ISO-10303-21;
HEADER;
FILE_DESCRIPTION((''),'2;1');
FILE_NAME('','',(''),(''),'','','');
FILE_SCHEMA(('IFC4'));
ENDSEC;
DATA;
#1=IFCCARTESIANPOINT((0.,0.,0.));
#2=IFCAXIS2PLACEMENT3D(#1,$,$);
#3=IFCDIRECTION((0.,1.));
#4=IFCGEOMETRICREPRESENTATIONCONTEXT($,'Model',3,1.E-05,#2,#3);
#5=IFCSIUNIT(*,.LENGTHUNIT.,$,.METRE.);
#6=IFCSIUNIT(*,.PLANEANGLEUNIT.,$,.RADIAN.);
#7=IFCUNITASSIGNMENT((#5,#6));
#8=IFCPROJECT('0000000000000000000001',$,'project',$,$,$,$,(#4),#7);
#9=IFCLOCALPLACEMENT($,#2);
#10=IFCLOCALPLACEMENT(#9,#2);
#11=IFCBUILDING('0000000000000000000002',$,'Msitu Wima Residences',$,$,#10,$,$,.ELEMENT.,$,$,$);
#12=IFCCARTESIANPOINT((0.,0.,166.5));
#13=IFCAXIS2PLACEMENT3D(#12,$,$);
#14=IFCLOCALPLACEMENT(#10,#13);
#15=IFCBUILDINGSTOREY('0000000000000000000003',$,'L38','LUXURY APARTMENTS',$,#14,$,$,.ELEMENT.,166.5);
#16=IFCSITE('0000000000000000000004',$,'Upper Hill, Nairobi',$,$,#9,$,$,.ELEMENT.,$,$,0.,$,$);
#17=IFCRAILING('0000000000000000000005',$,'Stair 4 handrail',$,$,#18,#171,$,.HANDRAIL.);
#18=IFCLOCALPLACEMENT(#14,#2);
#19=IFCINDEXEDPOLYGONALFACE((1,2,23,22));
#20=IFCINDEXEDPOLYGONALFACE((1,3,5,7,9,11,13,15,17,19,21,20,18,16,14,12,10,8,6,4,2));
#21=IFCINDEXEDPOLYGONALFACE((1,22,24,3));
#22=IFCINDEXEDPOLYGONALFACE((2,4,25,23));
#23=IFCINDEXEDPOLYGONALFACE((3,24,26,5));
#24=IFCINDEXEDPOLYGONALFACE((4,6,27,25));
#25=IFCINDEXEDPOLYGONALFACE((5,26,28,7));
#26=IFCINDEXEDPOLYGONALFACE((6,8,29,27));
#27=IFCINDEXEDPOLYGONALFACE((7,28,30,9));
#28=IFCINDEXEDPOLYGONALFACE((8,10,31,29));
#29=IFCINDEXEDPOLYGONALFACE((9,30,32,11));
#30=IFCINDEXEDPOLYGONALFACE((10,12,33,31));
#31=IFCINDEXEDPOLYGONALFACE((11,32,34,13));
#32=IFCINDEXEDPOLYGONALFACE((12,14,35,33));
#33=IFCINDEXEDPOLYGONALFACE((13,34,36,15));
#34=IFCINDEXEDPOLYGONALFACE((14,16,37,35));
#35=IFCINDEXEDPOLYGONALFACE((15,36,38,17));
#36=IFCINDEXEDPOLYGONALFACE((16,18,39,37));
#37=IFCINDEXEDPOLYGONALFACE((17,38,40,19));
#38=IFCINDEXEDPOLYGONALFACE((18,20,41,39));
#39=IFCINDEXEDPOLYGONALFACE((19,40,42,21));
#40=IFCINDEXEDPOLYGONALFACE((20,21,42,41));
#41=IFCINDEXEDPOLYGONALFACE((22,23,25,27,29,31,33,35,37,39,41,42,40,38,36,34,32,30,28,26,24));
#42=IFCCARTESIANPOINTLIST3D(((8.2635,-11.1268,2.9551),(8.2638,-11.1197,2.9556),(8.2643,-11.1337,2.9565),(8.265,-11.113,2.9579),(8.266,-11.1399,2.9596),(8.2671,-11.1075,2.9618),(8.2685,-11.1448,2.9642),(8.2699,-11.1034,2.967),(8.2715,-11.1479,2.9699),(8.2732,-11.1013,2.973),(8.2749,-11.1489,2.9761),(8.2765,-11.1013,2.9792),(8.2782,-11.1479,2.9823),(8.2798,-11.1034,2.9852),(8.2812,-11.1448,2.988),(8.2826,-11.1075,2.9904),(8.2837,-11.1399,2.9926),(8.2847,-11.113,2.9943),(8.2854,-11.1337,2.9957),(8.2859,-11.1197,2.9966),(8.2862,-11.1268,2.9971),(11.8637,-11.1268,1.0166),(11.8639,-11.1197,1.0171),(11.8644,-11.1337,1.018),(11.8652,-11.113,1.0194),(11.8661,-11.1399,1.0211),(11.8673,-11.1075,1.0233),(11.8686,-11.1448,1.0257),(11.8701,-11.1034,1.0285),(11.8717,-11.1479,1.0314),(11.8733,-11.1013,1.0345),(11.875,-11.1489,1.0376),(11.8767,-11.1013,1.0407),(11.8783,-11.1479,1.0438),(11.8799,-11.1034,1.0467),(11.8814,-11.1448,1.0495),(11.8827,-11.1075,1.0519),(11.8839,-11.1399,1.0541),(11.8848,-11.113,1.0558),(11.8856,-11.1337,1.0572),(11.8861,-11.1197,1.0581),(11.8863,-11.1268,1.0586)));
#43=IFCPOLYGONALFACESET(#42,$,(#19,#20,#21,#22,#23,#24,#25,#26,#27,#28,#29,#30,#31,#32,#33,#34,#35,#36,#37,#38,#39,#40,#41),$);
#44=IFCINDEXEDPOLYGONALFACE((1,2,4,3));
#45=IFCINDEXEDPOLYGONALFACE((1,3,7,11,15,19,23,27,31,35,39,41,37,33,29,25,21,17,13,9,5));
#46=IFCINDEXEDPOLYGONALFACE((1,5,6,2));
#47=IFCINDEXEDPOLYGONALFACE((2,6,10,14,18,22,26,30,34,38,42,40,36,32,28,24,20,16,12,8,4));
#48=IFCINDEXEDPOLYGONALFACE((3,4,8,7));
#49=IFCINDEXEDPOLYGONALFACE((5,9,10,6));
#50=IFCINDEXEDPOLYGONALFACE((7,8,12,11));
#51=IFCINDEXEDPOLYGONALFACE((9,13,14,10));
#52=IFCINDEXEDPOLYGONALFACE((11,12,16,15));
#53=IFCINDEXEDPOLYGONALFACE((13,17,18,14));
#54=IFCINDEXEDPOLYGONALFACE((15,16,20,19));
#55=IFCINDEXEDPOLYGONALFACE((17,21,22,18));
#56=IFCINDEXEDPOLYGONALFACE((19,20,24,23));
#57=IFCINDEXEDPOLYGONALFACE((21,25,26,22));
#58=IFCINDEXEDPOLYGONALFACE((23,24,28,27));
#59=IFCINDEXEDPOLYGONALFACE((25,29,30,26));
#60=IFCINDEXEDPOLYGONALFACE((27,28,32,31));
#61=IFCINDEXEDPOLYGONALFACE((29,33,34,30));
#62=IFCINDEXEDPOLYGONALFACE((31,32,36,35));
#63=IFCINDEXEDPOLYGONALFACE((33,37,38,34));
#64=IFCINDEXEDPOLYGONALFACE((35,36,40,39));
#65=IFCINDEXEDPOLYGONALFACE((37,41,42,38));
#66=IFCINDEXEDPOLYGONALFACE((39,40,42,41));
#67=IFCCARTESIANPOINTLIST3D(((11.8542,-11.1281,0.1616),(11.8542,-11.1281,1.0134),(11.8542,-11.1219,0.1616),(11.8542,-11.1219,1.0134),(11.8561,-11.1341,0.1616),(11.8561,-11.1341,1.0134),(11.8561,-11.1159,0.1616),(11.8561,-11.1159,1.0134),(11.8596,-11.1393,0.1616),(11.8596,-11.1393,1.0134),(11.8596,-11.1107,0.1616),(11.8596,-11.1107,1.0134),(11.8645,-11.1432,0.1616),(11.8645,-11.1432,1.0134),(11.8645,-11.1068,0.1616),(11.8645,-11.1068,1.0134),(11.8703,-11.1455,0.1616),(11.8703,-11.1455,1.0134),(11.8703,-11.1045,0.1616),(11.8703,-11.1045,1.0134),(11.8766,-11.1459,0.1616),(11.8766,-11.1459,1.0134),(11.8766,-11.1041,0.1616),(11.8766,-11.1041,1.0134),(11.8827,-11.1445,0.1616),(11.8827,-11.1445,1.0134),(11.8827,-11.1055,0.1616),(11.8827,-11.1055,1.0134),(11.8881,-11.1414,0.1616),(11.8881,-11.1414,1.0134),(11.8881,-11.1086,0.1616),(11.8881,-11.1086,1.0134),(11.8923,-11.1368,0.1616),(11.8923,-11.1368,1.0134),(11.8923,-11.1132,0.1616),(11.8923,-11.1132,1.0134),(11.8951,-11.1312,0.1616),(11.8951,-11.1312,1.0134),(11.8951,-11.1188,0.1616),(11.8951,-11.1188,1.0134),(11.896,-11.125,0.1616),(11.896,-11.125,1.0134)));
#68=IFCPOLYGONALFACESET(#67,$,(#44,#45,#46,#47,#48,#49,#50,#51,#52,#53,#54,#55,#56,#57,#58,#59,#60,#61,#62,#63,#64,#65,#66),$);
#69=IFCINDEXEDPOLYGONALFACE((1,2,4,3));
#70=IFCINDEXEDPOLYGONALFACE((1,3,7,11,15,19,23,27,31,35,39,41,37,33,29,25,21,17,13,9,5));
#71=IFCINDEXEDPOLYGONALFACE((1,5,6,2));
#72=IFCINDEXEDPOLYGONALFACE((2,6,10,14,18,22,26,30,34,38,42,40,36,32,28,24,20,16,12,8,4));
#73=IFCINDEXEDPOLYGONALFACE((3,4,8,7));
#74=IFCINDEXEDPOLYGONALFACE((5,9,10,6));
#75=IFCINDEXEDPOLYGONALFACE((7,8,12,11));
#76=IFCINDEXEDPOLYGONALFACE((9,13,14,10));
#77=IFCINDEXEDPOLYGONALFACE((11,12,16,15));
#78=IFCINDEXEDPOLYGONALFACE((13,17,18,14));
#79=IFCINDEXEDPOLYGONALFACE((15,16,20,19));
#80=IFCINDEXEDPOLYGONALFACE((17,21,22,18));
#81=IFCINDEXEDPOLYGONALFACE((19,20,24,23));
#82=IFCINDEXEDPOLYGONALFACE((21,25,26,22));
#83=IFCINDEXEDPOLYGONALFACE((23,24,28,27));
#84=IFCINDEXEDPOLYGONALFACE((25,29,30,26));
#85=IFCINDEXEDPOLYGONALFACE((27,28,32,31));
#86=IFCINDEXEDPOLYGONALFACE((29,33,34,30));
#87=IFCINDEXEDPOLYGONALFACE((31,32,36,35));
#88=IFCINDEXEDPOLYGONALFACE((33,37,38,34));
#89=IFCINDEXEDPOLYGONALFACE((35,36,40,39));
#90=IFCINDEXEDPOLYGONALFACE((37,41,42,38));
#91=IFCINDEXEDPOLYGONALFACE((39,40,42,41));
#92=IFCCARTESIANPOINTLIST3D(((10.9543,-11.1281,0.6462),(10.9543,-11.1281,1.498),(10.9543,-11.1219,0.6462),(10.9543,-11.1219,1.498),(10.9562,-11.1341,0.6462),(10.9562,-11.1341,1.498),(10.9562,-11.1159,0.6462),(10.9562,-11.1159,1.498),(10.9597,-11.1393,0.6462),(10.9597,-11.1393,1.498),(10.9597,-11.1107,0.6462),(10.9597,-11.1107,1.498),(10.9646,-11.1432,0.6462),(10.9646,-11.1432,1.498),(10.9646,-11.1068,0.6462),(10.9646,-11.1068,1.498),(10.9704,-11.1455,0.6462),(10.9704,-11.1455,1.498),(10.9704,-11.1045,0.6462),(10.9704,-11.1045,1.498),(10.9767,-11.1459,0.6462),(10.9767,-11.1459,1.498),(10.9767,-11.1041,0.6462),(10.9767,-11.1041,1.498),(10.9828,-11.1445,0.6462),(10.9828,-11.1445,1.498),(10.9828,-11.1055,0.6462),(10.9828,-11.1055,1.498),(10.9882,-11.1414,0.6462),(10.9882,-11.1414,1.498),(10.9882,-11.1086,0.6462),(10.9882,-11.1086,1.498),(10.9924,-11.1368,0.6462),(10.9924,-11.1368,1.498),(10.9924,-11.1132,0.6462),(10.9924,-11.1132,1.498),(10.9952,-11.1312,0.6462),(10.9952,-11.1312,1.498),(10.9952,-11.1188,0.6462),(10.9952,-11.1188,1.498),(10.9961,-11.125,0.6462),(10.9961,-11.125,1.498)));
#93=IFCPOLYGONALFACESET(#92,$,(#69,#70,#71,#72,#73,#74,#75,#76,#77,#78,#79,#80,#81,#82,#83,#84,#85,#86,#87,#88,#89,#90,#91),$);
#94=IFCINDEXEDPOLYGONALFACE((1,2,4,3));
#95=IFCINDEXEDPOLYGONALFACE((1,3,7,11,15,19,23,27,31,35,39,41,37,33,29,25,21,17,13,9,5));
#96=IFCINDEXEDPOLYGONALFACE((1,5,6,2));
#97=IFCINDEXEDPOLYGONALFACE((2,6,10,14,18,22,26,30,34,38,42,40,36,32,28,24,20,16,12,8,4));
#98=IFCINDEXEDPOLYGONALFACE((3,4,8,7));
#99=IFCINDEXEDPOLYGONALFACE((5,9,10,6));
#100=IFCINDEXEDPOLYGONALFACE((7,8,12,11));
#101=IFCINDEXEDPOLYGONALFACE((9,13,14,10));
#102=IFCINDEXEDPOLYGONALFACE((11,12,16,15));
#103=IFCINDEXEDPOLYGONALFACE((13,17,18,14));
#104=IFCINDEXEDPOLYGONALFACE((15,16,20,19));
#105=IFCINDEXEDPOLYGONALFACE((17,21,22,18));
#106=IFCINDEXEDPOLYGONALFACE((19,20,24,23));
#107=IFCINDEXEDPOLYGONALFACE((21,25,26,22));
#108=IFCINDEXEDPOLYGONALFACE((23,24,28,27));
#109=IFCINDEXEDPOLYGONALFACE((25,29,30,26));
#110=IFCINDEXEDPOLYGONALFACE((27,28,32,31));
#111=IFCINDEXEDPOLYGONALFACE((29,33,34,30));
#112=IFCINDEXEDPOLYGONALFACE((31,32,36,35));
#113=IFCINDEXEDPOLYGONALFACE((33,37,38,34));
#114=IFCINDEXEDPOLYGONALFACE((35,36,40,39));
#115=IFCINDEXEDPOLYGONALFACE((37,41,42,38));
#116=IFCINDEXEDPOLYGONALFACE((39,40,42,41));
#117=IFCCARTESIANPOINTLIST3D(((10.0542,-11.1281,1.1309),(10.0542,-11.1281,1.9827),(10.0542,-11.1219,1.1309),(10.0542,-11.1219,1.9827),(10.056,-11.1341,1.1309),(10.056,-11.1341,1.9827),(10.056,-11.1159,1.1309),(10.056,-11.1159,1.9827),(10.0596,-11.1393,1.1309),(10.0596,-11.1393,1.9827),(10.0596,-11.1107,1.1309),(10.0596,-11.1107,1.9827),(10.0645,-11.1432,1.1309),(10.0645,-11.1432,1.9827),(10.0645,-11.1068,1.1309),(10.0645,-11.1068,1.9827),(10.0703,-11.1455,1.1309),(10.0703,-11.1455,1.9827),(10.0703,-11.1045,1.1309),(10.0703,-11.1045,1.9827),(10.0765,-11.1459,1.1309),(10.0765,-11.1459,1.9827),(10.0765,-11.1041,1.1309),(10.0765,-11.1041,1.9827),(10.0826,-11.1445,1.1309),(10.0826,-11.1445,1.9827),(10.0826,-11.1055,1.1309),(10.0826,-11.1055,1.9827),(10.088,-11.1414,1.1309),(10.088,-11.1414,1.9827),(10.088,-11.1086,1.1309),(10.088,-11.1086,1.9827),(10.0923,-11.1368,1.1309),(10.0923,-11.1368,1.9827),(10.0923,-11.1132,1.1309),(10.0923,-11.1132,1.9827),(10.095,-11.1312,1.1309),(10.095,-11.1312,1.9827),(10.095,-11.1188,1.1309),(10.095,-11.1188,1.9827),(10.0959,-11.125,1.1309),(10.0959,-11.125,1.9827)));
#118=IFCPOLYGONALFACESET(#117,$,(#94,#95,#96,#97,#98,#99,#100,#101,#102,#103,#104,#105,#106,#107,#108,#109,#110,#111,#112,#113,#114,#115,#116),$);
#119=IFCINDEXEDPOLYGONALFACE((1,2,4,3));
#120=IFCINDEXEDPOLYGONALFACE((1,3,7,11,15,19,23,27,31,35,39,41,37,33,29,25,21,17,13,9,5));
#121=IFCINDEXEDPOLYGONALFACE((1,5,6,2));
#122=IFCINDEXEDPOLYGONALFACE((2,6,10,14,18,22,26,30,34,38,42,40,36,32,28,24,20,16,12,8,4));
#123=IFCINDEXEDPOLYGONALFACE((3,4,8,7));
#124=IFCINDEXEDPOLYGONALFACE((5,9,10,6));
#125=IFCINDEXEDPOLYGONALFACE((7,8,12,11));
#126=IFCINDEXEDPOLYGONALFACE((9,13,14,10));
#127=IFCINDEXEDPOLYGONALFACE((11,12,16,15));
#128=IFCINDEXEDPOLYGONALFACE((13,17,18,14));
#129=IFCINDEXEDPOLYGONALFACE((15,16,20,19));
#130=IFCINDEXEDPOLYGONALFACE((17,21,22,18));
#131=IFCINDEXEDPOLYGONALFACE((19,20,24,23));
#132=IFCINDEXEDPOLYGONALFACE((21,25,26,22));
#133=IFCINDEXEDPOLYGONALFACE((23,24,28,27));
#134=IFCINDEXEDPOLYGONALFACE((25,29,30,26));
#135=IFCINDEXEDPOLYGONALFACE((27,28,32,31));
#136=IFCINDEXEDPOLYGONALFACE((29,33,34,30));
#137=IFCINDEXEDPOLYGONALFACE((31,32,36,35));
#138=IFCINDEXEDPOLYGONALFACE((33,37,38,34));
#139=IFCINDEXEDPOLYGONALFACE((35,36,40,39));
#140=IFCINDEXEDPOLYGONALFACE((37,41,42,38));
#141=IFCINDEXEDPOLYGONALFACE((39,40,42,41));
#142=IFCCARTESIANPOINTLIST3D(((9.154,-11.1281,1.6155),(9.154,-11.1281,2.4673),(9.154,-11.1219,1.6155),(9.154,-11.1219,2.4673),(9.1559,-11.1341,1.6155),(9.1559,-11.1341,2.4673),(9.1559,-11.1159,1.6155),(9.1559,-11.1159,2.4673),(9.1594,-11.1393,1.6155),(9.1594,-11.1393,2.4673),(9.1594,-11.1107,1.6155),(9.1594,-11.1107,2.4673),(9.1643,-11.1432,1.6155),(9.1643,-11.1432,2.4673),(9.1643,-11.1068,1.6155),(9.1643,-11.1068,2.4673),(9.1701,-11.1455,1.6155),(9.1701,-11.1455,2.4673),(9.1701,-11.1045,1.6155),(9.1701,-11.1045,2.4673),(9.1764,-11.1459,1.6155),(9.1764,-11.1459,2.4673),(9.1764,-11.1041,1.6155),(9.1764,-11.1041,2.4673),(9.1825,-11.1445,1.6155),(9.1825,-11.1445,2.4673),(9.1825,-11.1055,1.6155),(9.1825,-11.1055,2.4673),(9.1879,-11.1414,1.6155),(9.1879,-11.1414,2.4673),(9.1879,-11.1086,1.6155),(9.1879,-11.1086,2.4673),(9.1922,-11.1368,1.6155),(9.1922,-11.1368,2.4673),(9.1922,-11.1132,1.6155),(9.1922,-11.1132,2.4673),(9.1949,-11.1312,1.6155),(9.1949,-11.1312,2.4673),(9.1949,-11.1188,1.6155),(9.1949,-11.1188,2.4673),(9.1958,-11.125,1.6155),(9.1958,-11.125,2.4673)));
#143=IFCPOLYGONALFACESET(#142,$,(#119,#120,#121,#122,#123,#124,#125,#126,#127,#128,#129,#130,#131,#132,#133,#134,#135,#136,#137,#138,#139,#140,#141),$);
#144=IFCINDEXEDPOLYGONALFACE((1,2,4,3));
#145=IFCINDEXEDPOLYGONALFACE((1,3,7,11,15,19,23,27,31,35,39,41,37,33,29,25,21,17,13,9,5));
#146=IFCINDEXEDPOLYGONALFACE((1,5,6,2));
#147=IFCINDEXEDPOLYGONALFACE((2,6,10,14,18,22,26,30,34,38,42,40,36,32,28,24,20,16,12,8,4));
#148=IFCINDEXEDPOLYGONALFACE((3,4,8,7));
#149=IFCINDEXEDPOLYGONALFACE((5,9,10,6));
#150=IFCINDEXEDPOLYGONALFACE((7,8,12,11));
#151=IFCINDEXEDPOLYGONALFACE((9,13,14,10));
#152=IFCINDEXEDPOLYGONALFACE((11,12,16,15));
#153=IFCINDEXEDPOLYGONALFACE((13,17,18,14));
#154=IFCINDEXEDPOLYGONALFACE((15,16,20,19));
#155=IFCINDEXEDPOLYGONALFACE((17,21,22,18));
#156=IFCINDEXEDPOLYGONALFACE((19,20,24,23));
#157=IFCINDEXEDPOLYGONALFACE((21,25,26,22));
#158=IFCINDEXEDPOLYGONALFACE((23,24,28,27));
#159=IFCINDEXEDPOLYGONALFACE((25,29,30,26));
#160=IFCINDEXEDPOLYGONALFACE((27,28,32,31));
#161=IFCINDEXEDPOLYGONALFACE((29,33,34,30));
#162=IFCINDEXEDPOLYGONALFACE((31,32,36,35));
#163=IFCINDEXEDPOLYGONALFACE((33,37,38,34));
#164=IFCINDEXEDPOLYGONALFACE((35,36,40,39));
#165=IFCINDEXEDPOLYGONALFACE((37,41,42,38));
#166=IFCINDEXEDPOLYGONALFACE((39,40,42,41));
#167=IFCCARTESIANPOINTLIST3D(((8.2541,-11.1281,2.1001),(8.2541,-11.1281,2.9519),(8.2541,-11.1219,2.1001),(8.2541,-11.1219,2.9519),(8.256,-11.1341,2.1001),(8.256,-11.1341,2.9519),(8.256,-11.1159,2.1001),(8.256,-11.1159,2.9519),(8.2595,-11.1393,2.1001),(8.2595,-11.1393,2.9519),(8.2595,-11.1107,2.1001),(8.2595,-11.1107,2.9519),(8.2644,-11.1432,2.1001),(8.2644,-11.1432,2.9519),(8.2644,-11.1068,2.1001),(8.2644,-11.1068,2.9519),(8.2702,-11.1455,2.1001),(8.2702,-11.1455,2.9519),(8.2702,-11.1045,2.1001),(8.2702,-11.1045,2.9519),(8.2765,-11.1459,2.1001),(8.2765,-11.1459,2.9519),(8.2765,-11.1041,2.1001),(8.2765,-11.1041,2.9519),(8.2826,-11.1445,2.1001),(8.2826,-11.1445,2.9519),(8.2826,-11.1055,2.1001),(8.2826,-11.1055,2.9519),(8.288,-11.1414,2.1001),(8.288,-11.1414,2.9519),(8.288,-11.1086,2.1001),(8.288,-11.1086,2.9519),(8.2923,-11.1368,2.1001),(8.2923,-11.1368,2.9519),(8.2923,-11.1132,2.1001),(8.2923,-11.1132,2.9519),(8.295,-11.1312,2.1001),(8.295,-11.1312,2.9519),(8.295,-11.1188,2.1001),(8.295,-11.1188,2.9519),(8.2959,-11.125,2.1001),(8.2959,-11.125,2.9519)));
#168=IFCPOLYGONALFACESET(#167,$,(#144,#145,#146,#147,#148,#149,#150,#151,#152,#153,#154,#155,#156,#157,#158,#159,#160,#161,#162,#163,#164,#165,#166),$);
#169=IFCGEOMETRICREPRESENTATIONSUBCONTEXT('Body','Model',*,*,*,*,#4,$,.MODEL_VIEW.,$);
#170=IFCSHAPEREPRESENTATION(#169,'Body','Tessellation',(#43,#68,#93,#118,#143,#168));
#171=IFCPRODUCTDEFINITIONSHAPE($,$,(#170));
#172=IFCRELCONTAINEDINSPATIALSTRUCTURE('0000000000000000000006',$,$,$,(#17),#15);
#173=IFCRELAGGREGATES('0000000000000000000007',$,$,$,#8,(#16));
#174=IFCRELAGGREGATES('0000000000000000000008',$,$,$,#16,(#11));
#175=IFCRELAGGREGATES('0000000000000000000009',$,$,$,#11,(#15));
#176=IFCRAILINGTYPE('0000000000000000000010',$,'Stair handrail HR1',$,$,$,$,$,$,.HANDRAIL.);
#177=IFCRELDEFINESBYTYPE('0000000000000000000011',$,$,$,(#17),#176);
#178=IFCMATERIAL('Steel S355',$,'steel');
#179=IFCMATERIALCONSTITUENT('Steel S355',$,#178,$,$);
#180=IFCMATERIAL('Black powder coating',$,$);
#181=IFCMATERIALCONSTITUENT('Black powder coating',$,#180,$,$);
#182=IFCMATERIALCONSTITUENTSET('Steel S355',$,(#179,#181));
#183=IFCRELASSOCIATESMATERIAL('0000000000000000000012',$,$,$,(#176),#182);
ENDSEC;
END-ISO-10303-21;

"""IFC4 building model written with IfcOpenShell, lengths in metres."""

from ifc_helpers import new_model, si_unit, direction, frame, origin, origin_2d, place, context, subcontext, project, spatial, circle, extrude, material, constituent, constituent_set, type_object, element, save


model = new_model("IFC4")

# Units and contexts
model_context = context("Model", 3, precision=1e-05, world=origin(), true_north=direction((0.0, 1.0)))
body_context = subcontext(model_context, "Body", "Model", "MODEL_VIEW")
ifc_project = project(units=[si_unit("LENGTHUNIT", "METRE"), si_unit("PLANEANGLEUNIT", "RADIAN")], contexts=[model_context])

# Site, building, storey
site_placement = place(None, origin())
site = spatial("IfcSite", under=ifc_project, at=site_placement, Name="Upper Hill, Nairobi", CompositionType="ELEMENT", RefElevation=0.0)
building_placement = place(site_placement, origin())
building = spatial("IfcBuilding", under=site, at=building_placement, Name="Msitu Wima Residences", CompositionType="ELEMENT")
storey_placement = place(building_placement, frame((0.0, 0.0, 166.5)))
storey = spatial("IfcBuildingStorey", under=building, at=storey_placement, Name="L38", Description="LUXURY APARTMENTS", CompositionType="ELEMENT", Elevation=166.5)

# Railing
ifc_material_1 = material(Name="Steel S355", Category="steel")
ifc_constituent_1 = constituent(ifc_material_1, Name="Steel S355")
ifc_material_2 = material(Name="Black powder coating")
ifc_constituent_2 = constituent(ifc_material_2, Name="Black powder coating")
ifc_constituent_set = constituent_set(constituents=[ifc_constituent_1, ifc_constituent_2], Name="Steel S355")
railing_type = type_object("IfcRailingType", Name="Stair handrail HR1", PredefinedType="HANDRAIL", material=ifc_constituent_set)
for number, where, name in (
    (1, (11.875, -11.125, 0.1616), "Stair 4 handrail"),
):
    element("IfcRailing", number, at=place(storey_placement, frame(where)), inside=storey, type_object=railing_type, Name=name, PredefinedType="HANDRAIL", context=body_context, shape_type="SweptSolid", body=[
        extrude(circle(Radius=0.0239, at=origin_2d()), frame((0.0, 0.0, 0.876), z_axis=(-0.880475, 0.0, 0.474093), x_axis=(0.0, -1.0, 0.0)), (0.0, 0.0, 1.0), 4.0889),
        extrude(circle(Radius=0.021, at=origin_2d()), origin(), (0.0, 0.0, 1.0), 0.8518),
        extrude(circle(Radius=0.021, at=origin_2d()), frame((-0.8999, 0.0, 0.4846)), (0.0, 0.0, 1.0), 0.8518),
        extrude(circle(Radius=0.021, at=origin_2d()), frame((-1.8, 0.0, 0.9692)), (0.0, 0.0, 1.0), 0.8518),
        extrude(circle(Radius=0.021, at=origin_2d()), frame((-2.7002, 0.0, 1.4539)), (0.0, 0.0, 1.0), 0.8518),
        extrude(circle(Radius=0.021, at=origin_2d()), frame((-3.6001, 0.0, 1.9385)), (0.0, 0.0, 1.0), 0.8518),
    ])

save(model, "model.ifc")
